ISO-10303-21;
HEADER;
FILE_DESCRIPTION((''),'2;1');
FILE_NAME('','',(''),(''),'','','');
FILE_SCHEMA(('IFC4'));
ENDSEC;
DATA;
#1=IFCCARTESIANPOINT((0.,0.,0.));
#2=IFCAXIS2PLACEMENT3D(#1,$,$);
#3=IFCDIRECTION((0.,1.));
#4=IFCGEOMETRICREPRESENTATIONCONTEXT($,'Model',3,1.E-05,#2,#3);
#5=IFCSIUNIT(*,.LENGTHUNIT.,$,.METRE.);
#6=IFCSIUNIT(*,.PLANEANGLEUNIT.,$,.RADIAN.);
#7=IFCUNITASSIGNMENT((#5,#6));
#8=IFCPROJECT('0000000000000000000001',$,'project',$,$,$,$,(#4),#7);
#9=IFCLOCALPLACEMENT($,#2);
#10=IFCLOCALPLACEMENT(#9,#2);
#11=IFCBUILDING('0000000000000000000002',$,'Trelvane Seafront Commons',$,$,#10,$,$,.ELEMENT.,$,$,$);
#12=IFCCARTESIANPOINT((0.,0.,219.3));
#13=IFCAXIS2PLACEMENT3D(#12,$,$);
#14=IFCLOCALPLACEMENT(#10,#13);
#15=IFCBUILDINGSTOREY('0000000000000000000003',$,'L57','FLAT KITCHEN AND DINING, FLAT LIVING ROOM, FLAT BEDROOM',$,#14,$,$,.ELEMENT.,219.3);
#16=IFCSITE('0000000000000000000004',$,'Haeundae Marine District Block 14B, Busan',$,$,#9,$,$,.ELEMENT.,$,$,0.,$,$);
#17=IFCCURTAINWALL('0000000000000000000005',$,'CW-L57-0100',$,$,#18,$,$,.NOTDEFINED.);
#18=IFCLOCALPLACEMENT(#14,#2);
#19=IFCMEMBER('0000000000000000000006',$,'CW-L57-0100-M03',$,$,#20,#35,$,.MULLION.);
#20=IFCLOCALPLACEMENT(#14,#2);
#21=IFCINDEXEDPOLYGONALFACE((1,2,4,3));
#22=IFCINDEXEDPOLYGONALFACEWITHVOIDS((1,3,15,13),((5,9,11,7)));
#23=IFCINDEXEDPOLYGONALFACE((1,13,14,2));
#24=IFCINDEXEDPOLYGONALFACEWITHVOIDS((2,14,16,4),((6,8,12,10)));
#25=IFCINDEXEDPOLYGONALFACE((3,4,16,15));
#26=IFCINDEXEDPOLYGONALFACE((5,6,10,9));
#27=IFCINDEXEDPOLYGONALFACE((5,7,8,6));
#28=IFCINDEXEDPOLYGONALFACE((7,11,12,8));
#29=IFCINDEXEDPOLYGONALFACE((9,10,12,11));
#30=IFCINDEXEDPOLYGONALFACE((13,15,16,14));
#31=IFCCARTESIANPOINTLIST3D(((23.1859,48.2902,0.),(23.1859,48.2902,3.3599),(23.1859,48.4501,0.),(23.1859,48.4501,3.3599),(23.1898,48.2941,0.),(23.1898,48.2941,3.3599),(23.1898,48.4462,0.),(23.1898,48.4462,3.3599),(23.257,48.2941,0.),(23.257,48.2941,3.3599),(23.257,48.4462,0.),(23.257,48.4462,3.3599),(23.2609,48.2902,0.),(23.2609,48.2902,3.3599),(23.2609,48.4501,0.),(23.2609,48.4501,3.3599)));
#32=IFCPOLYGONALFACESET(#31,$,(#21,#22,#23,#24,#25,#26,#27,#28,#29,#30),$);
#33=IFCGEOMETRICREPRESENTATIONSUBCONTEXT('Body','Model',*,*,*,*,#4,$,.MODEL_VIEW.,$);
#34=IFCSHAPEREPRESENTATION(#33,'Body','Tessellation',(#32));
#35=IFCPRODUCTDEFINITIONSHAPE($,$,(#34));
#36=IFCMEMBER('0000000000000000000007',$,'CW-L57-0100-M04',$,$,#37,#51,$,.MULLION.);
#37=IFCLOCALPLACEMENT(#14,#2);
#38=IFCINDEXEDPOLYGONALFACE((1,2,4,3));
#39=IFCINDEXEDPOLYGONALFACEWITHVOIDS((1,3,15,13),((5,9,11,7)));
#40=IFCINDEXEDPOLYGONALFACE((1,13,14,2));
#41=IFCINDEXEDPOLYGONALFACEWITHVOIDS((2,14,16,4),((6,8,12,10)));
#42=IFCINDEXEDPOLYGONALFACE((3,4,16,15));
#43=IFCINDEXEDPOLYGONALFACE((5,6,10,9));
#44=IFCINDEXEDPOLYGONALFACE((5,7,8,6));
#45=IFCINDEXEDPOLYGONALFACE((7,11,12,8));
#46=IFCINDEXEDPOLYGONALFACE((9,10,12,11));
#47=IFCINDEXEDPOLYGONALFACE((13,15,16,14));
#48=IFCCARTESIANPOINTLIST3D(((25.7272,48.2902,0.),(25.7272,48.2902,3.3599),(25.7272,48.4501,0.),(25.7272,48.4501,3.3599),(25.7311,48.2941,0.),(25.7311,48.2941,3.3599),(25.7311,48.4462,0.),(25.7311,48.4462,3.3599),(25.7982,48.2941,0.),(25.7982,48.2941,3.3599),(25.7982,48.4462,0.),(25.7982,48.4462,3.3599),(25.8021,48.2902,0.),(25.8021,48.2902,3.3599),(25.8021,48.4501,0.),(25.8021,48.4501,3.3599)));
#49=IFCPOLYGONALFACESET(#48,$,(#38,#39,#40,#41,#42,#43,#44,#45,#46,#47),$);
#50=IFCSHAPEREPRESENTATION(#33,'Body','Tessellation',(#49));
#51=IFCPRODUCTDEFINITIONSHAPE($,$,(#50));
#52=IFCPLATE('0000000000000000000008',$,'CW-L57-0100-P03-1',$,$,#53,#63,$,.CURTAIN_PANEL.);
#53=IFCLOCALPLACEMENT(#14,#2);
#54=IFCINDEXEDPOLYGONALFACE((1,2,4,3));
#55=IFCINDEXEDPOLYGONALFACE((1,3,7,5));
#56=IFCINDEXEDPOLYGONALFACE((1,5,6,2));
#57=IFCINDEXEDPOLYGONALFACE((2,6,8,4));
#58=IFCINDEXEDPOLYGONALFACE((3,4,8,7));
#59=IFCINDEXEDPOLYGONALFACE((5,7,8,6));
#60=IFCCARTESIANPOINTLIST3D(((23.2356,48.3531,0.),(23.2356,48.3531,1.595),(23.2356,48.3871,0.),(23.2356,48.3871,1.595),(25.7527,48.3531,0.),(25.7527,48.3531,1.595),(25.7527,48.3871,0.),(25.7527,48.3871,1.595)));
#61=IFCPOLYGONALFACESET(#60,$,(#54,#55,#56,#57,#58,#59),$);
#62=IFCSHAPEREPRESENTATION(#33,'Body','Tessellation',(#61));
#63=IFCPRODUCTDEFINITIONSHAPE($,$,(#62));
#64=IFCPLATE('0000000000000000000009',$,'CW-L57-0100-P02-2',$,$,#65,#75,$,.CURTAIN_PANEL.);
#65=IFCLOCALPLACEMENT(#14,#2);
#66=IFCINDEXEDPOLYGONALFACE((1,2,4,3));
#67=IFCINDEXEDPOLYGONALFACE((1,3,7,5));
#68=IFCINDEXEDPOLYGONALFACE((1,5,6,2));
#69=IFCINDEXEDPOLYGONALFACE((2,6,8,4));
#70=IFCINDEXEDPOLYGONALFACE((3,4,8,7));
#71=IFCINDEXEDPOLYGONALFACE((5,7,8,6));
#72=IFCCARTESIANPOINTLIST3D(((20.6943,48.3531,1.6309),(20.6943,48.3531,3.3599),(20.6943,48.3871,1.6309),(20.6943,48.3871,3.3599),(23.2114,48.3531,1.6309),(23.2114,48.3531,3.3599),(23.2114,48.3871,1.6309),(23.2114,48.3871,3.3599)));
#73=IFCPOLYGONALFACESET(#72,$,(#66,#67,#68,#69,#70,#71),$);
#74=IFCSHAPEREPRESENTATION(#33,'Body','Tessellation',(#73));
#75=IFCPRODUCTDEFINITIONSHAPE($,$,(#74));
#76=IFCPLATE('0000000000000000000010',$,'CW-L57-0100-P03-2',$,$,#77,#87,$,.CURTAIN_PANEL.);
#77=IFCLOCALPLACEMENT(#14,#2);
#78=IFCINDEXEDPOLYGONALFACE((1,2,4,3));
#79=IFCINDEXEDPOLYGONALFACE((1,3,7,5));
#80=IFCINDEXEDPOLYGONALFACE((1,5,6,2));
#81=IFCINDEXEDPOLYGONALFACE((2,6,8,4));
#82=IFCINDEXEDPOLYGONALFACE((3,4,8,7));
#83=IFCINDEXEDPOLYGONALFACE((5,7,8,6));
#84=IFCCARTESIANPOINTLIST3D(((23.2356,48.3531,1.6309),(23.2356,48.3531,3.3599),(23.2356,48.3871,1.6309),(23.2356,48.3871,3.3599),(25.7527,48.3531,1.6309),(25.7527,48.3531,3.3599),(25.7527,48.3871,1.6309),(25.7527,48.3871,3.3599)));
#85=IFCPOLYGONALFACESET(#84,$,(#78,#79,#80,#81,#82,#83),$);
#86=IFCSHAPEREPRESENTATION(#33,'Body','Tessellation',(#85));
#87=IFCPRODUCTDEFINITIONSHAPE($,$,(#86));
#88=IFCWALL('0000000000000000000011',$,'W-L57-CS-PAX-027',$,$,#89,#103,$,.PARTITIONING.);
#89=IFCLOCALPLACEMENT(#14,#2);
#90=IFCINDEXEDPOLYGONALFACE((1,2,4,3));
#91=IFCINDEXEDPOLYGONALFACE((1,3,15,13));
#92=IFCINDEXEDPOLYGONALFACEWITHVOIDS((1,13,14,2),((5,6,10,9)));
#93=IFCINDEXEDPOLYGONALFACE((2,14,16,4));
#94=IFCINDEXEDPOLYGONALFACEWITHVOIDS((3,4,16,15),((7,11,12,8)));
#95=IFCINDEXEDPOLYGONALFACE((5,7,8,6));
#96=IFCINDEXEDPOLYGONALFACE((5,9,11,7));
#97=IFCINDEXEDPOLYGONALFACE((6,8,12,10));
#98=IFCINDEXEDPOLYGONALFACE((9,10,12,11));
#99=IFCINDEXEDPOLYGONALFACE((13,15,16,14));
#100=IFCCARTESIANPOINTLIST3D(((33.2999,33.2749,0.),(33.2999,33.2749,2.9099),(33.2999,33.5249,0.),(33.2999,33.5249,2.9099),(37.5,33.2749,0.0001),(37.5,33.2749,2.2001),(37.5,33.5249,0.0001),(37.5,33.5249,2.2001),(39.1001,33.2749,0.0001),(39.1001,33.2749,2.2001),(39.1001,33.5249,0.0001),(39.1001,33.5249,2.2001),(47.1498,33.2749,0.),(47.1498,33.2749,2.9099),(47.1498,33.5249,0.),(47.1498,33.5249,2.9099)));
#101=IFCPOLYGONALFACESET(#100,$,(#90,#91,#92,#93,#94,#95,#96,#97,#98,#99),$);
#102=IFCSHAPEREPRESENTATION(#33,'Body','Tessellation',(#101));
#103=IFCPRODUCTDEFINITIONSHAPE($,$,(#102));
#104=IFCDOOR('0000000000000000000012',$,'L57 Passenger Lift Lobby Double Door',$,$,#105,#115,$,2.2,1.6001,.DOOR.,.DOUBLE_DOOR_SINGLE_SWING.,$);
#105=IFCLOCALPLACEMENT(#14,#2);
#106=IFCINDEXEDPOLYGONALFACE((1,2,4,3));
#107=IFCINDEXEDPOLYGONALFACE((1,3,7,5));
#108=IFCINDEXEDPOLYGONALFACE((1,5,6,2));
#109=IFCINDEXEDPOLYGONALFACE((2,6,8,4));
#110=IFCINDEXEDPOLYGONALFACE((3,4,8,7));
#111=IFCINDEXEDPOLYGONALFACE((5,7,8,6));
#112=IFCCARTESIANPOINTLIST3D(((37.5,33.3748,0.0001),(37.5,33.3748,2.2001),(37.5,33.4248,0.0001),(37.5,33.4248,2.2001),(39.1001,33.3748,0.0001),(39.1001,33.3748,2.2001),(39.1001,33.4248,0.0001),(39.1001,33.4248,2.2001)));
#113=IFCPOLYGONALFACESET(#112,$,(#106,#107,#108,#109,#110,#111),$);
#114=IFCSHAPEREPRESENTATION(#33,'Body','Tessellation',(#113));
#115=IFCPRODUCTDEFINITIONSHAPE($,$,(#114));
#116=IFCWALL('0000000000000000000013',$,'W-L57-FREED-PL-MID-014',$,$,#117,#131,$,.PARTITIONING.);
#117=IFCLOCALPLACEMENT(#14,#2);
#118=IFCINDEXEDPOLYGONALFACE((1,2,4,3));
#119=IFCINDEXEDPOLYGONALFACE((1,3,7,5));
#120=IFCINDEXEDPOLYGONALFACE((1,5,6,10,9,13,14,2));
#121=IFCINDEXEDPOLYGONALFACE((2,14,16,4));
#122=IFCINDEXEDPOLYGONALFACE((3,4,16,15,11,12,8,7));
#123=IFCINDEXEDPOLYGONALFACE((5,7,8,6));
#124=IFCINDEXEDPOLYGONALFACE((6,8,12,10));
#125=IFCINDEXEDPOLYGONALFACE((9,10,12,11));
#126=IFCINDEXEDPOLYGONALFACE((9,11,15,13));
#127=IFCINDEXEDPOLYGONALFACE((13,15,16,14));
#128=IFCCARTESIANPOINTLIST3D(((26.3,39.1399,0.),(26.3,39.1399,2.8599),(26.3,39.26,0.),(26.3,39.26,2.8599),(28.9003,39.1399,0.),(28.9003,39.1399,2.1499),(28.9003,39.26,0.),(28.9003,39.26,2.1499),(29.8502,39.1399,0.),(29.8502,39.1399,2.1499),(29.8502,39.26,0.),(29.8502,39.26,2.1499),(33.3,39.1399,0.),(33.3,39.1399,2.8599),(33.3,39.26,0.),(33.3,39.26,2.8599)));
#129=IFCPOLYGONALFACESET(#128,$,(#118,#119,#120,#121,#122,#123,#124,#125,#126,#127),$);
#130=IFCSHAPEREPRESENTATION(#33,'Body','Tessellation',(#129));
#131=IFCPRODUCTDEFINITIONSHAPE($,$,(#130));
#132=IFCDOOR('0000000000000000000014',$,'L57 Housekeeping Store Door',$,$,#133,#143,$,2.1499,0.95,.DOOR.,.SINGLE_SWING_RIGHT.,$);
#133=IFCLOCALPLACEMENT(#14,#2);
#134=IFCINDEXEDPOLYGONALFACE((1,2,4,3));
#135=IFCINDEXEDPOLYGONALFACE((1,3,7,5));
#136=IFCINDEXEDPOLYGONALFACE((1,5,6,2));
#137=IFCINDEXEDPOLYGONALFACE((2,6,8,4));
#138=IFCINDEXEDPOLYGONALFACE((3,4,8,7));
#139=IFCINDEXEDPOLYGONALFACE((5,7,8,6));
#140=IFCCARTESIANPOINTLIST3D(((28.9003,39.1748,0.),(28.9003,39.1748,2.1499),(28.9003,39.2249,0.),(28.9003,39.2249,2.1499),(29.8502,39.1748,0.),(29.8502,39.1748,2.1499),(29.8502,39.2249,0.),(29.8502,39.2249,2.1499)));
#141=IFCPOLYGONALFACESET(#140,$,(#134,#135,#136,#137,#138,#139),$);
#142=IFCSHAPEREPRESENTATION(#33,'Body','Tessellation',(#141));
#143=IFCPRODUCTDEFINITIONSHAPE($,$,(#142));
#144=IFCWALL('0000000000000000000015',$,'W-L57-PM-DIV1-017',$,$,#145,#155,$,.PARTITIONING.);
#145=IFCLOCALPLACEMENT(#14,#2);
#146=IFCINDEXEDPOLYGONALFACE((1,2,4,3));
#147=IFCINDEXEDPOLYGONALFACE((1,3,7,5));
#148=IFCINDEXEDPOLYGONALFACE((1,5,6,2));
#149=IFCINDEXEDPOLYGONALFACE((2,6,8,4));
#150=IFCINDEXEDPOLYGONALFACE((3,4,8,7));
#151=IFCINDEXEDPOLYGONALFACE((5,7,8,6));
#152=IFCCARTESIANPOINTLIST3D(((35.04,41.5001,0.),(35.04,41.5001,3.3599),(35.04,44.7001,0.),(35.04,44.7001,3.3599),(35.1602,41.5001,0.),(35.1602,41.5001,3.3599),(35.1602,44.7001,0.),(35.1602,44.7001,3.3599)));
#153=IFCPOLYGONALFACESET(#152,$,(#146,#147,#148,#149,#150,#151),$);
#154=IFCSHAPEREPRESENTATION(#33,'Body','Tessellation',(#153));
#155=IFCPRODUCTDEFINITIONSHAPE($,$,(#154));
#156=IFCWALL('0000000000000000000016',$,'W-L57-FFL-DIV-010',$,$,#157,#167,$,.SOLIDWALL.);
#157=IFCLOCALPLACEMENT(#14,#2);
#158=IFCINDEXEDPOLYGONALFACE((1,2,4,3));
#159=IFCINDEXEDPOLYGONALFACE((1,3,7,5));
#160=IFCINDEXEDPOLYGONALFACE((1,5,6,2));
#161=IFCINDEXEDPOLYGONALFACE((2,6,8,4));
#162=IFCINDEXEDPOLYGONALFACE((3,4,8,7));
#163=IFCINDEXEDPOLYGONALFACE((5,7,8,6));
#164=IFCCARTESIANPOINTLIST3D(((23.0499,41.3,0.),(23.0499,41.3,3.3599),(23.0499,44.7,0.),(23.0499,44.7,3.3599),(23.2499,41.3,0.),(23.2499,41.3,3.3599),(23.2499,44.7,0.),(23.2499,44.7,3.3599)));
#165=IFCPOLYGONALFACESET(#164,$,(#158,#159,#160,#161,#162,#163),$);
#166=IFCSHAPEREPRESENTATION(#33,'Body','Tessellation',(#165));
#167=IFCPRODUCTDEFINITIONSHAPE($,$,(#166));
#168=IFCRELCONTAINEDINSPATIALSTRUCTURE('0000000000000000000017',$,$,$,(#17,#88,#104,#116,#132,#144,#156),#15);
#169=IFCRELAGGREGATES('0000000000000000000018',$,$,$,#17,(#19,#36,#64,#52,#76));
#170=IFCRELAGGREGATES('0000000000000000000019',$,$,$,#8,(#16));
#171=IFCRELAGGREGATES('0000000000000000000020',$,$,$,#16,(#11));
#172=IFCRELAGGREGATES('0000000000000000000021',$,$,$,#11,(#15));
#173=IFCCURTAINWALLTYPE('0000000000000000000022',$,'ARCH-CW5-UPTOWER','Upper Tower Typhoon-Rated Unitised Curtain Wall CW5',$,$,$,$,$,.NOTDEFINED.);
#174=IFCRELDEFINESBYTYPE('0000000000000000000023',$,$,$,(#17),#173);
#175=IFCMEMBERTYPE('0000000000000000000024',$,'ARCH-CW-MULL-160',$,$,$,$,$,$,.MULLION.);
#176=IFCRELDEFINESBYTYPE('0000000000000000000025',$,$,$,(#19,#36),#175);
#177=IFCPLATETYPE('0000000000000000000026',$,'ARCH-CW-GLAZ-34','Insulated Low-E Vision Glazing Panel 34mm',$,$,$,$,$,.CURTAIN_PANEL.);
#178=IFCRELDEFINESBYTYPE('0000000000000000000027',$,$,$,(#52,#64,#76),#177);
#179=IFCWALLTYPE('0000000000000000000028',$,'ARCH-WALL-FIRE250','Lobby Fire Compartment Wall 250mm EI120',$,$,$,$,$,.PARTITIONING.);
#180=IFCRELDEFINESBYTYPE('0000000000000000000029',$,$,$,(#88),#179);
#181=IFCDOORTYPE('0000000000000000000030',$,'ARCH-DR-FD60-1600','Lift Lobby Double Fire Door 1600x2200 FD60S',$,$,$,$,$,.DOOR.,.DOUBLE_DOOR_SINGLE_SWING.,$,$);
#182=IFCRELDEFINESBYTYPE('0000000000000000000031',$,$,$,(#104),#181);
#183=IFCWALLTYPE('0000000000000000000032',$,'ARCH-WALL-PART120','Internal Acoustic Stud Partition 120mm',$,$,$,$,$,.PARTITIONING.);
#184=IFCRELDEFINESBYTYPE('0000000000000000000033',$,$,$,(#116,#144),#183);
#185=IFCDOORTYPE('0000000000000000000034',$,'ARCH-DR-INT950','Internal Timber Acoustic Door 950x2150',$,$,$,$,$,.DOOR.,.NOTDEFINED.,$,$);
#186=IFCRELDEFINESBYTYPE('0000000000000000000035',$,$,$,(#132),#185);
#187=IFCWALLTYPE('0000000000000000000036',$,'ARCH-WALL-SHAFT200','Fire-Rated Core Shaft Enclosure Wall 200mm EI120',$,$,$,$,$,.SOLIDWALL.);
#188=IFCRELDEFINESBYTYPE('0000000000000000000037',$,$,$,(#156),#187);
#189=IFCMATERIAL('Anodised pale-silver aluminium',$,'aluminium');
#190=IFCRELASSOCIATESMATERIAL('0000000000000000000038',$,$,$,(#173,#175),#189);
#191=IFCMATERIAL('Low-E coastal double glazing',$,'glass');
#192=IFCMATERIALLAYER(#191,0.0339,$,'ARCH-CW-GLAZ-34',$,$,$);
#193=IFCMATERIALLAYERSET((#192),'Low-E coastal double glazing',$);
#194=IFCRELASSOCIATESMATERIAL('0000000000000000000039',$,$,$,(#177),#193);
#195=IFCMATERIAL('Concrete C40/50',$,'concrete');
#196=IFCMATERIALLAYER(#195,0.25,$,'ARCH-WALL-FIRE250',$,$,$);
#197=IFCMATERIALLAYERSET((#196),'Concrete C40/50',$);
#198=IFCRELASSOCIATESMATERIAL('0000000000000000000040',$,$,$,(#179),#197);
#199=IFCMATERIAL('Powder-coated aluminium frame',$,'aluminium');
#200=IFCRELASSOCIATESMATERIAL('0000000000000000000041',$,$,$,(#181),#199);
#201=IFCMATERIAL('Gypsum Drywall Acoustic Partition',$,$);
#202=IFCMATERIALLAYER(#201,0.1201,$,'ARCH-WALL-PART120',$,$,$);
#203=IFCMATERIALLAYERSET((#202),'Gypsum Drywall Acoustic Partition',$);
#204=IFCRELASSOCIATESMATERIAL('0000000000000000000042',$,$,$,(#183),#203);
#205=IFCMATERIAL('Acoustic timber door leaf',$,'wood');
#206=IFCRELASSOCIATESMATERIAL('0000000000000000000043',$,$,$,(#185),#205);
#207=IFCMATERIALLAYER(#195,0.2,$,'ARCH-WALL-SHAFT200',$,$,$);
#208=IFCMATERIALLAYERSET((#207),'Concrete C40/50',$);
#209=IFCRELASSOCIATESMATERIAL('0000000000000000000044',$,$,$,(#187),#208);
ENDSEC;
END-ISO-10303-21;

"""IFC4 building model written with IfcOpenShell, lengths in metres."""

from ifc_helpers import new_model, si_unit, direction, frame, frame_2d, origin, origin_2d, place, context, subcontext, project, spatial, rectangle, hollow_rectangle, extrude, source, transform, mapped, material, layer, layer_set, material_profile, profile_set, type_object, element, fill, aggregate, save


model = new_model("IFC4")

# Units and contexts
model_context = context("Model", 3, precision=1e-05, world=origin(), true_north=direction((0.0, 1.0)))
body_context = subcontext(model_context, "Body", "Model", "MODEL_VIEW")
ifc_project = project(units=[si_unit("LENGTHUNIT", "METRE"), si_unit("PLANEANGLEUNIT", "RADIAN")], contexts=[model_context])

# Site, building, storey
site_placement = place(None, origin())
site = spatial("IfcSite", under=ifc_project, at=site_placement, Name="Haeundae Marine District Block 14B, Busan", CompositionType="ELEMENT", RefElevation=0.0)
building_placement = place(site_placement, origin())
building = spatial("IfcBuilding", under=site, at=building_placement, Name="Trelvane Seafront Commons", CompositionType="ELEMENT")
storey_placement = place(building_placement, frame((0.0, 0.0, 219.3)))
storey = spatial("IfcBuildingStorey", under=building, at=storey_placement, Name="L57", Description="FLAT KITCHEN AND DINING, FLAT LIVING ROOM, FLAT BEDROOM", CompositionType="ELEMENT", Elevation=219.3)

# Curtain wall, members, plates
ifc_material_1 = material(Name="Anodised pale-silver aluminium", Category="aluminium")
curtain_wall_type = type_object("IfcCurtainWallType", Name="ARCH-CW5-UPTOWER", Description="Upper Tower Typhoon-Rated Unitised Curtain Wall CW5", PredefinedType="NOTDEFINED", material=ifc_material_1)
curtain_wall_placement = place(storey_placement, origin())
curtain_wall = element("IfcCurtainWall", 1, at=curtain_wall_placement, inside=storey, type_object=curtain_wall_type, Name="CW-L57-0100", PredefinedType="NOTDEFINED")
ifc_material_profile_1 = material_profile(ifc_material_1, hollow_rectangle(XDim=0.075, YDim=0.1599, WallThickness=0.0039, at=origin_2d()), Name="MULL-75x160x4")
ifc_profile_set_1 = profile_set([ifc_material_profile_1], Name="Anodised pale-silver aluminium")
member_type_1 = type_object("IfcMemberType", Name="ARCH-CW-MULL-160", PredefinedType="MULLION", material=ifc_profile_set_1)
shared_shape_1 = source(origin(), body_context, "Body", "SweptSolid", [
    extrude(hollow_rectangle(XDim=0.075, YDim=0.1599, WallThickness=0.0039, at=origin_2d()), origin(), (0.0, 0.0, 1.0), 3.3599),
])
member_1_placement = place(storey_placement, frame((23.2234, 48.3701, 0.0), z_axis=(0.0, 0.0, 1.0), x_axis=(1.0, 0.0, 0.0)))
member_1 = element("IfcMember", 2, at=member_1_placement, type_object=member_type_1, Name="CW-L57-0100-M03", PredefinedType="MULLION", context=body_context, shape_type="MappedRepresentation", body=[
    mapped(shared_shape_1, transform((0.0, 0.0, 0.0), x_axis=(1.0, 0.0, 0.0), y_axis=(0.0, 1.0, 0.0), z_axis=(0.0, 0.0, 1.0), scale=1.0)),
])
member_2_placement = place(storey_placement, frame((25.7646, 48.3701, 0.0), z_axis=(0.0, 0.0, 1.0), x_axis=(1.0, 0.0, 0.0)))
member_2 = element("IfcMember", 3, at=member_2_placement, type_object=member_type_1, Name="CW-L57-0100-M04", PredefinedType="MULLION", context=body_context, shape_type="MappedRepresentation", body=[
    mapped(shared_shape_1, transform((0.0, 0.0, 0.0), x_axis=(1.0, 0.0, 0.0), y_axis=(0.0, 1.0, 0.0), z_axis=(0.0, 0.0, 1.0), scale=1.0)),
])
ifc_material_2 = material(Name="Low-E coastal double glazing", Category="glass")
ifc_layer_1 = layer(ifc_material_2, 0.0339, Name="ARCH-CW-GLAZ-34")
ifc_layer_set_1 = layer_set([ifc_layer_1], Name="Low-E coastal double glazing")
plate_type = type_object("IfcPlateType", Name="ARCH-CW-GLAZ-34", Description="Insulated Low-E Vision Glazing Panel 34mm", PredefinedType="CURTAIN_PANEL", material=ifc_layer_set_1)
shared_shape_2 = source(origin(), body_context, "Body", "SweptSolid", [
    extrude(rectangle(XDim=2.5171, YDim=0.0339, at=origin_2d()), origin(), (0.0, 0.0, 1.0), 1.595),
])
plate_1_placement = place(storey_placement, frame((24.4941, 48.3701, 0.0), z_axis=(0.0, 0.0, 1.0), x_axis=(1.0, 0.0, 0.0)))
plate_1 = element("IfcPlate", 4, at=plate_1_placement, type_object=plate_type, Name="CW-L57-0100-P03-1", PredefinedType="CURTAIN_PANEL", context=body_context, shape_type="MappedRepresentation", body=[
    mapped(shared_shape_2, transform((0.0, 0.0, 0.0), x_axis=(1.0, 0.0, 0.0), y_axis=(0.0, 1.0, 0.0), z_axis=(0.0, 0.0, 1.0), scale=1.0)),
])
shared_shape_3 = source(origin(), body_context, "Body", "SweptSolid", [
    extrude(rectangle(XDim=2.5171, YDim=0.0339, at=origin_2d()), origin(), (0.0, 0.0, 1.0), 1.729),
])
plate_2_placement = place(storey_placement, frame((21.9529, 48.3701, 1.6309), z_axis=(0.0, 0.0, 1.0), x_axis=(1.0, 0.0, 0.0)))
plate_2 = element("IfcPlate", 5, at=plate_2_placement, type_object=plate_type, Name="CW-L57-0100-P02-2", PredefinedType="CURTAIN_PANEL", context=body_context, shape_type="MappedRepresentation", body=[
    mapped(shared_shape_3, transform((0.0, 0.0, 0.0), x_axis=(1.0, 0.0, 0.0), y_axis=(0.0, 1.0, 0.0), z_axis=(0.0, 0.0, 1.0), scale=1.0)),
])
plate_3_placement = place(storey_placement, frame((24.4941, 48.3701, 1.6309), z_axis=(0.0, 0.0, 1.0), x_axis=(1.0, 0.0, 0.0)))
plate_3 = element("IfcPlate", 6, at=plate_3_placement, type_object=plate_type, Name="CW-L57-0100-P03-2", PredefinedType="CURTAIN_PANEL", context=body_context, shape_type="MappedRepresentation", body=[
    mapped(shared_shape_3, transform((0.0, 0.0, 0.0), x_axis=(1.0, 0.0, 0.0), y_axis=(0.0, 1.0, 0.0), z_axis=(0.0, 0.0, 1.0), scale=1.0)),
])
aggregate(curtain_wall, [member_1, member_2, plate_2, plate_1, plate_3])

# Walls, openings, doors
ifc_material_3 = material(Name="Concrete C40/50", Category="concrete")
ifc_layer_2 = layer(ifc_material_3, 0.25, Name="ARCH-WALL-FIRE250")
ifc_layer_set_2 = layer_set([ifc_layer_2], Name="Concrete C40/50")
wall_type_1 = type_object("IfcWallType", Name="ARCH-WALL-FIRE250", Description="Lobby Fire Compartment Wall 250mm EI120", PredefinedType="PARTITIONING", material=ifc_layer_set_2)
wall_1_placement = place(storey_placement, frame((33.3, 33.3999, 0.0), z_axis=(0.0, 0.0, 1.0), x_axis=(1.0, 0.0, 0.0)))
wall_1 = element("IfcWall", 7, at=wall_1_placement, inside=storey, type_object=wall_type_1, Name="W-L57-CS-PAX-027", PredefinedType="PARTITIONING", context=body_context, shape_type="SweptSolid", body=[
    extrude(rectangle(XDim=13.8499, YDim=0.25, at=frame_2d((6.9248, 0.0))), origin(), (0.0, 0.0, 1.0), 2.9099),
])
opening_1_placement = place(wall_1_placement, frame((4.2, 0.0, 0.0)))
opening_1 = element("IfcOpeningElement", 8, at=opening_1_placement, cuts=wall_1, PredefinedType="OPENING", context=body_context, shape_type="SweptSolid", body=[
    extrude(rectangle(XDim=1.6001, YDim=2.2, at=frame_2d((0.8, 1.1001))), frame((0.0, 0.135, 0.0), z_axis=(0.0, -1.0, 0.0), x_axis=(1.0, 0.0, 0.0)), (0.0, 0.0, 1.0), 0.27),
])
ifc_material_4 = material(Name="Powder-coated aluminium frame", Category="aluminium")
door_type_1 = type_object("IfcDoorType", Name="ARCH-DR-FD60-1600", Description="Lift Lobby Double Fire Door 1600x2200 FD60S", OperationType="DOUBLE_DOOR_SINGLE_SWING", PredefinedType="DOOR", material=ifc_material_4)
shared_shape_4 = source(origin(), body_context, "Body", "SweptSolid", [
    extrude(rectangle(XDim=1.6001, YDim=2.2, at=frame_2d((0.8, 1.1001))), frame((0.0, 0.0249, 0.0), z_axis=(0.0, -1.0, 0.0), x_axis=(1.0, 0.0, 0.0)), (0.0, 0.0, 1.0), 0.05),
])
door_1_placement = place(opening_1_placement, origin())
door_1 = element("IfcDoor", 9, at=door_1_placement, inside=storey, type_object=door_type_1, Name="L57 Passenger Lift Lobby Double Door", OperationType="DOUBLE_DOOR_SINGLE_SWING", OverallHeight=2.2, OverallWidth=1.6001, PredefinedType="DOOR", context=body_context, shape_type="MappedRepresentation", body=[
    mapped(shared_shape_4, transform((0.0, 0.0, 0.0), x_axis=(1.0, 0.0, 0.0), y_axis=(0.0, 1.0, 0.0), z_axis=(0.0, 0.0, 1.0), scale=1.0)),
])
fill(opening_1, door_1)
ifc_material_5 = material(Name="Gypsum Drywall Acoustic Partition")
ifc_layer_3 = layer(ifc_material_5, 0.1201, Name="ARCH-WALL-PART120")
ifc_layer_set_3 = layer_set([ifc_layer_3], Name="Gypsum Drywall Acoustic Partition")
wall_type_2 = type_object("IfcWallType", Name="ARCH-WALL-PART120", Description="Internal Acoustic Stud Partition 120mm", PredefinedType="PARTITIONING", material=ifc_layer_set_3)
wall_2_placement = place(storey_placement, frame((26.3, 39.2, 0.0), z_axis=(0.0, 0.0, 1.0), x_axis=(1.0, 0.0, 0.0)))
wall_2 = element("IfcWall", 10, at=wall_2_placement, inside=storey, type_object=wall_type_2, Name="W-L57-FREED-PL-MID-014", PredefinedType="PARTITIONING", context=body_context, shape_type="SweptSolid", body=[
    extrude(rectangle(XDim=7.0, YDim=0.1201, at=frame_2d((3.5, 0.0))), origin(), (0.0, 0.0, 1.0), 2.8599),
])
opening_2_placement = place(wall_2_placement, frame((2.6001, 0.0, 0.0)))
opening_2 = element("IfcOpeningElement", 11, at=opening_2_placement, cuts=wall_2, PredefinedType="OPENING", context=body_context, shape_type="SweptSolid", body=[
    extrude(rectangle(XDim=0.95, YDim=2.1499, at=frame_2d((0.4751, 1.075))), frame((0.0, 0.0701, 0.0), z_axis=(0.0, -1.0, 0.0), x_axis=(1.0, 0.0, 0.0)), (0.0, 0.0, 1.0), 0.1401),
])
ifc_material_6 = material(Name="Acoustic timber door leaf", Category="wood")
door_type_2 = type_object("IfcDoorType", Name="ARCH-DR-INT950", Description="Internal Timber Acoustic Door 950x2150", OperationType="NOTDEFINED", PredefinedType="DOOR", material=ifc_material_6)
shared_shape_5 = source(origin(), body_context, "Body", "SweptSolid", [
    extrude(rectangle(XDim=0.95, YDim=2.1499, at=frame_2d((0.4751, 1.075))), frame((0.0, 0.0249, 0.0), z_axis=(0.0, -1.0, 0.0), x_axis=(1.0, 0.0, 0.0)), (0.0, 0.0, 1.0), 0.05),
])
door_2_placement = place(opening_2_placement, origin())
door_2 = element("IfcDoor", 12, at=door_2_placement, inside=storey, type_object=door_type_2, Name="L57 Housekeeping Store Door", OperationType="SINGLE_SWING_RIGHT", OverallHeight=2.1499, OverallWidth=0.95, PredefinedType="DOOR", context=body_context, shape_type="MappedRepresentation", body=[
    mapped(shared_shape_5, transform((0.0, 0.0, 0.0), x_axis=(1.0, 0.0, 0.0), y_axis=(0.0, 1.0, 0.0), z_axis=(0.0, 0.0, 1.0), scale=1.0)),
])
fill(opening_2, door_2)

# Walls
wall_3_placement = place(storey_placement, frame((35.1001, 41.5, 0.0), z_axis=(0.0, 0.0, 1.0), x_axis=(0.0, 1.0, 0.0)))
element("IfcWall", 13, at=wall_3_placement, inside=storey, type_object=wall_type_2, Name="W-L57-PM-DIV1-017", PredefinedType="PARTITIONING", context=body_context, shape_type="SweptSolid", body=[
    extrude(rectangle(XDim=3.2, YDim=0.1201, at=frame_2d((1.6001, 0.0))), origin(), (0.0, 0.0, 1.0), 3.3599),
])
ifc_layer_4 = layer(ifc_material_3, 0.2, Name="ARCH-WALL-SHAFT200")
ifc_layer_set_4 = layer_set([ifc_layer_4], Name="Concrete C40/50")
wall_type_3 = type_object("IfcWallType", Name="ARCH-WALL-SHAFT200", Description="Fire-Rated Core Shaft Enclosure Wall 200mm EI120", PredefinedType="SOLIDWALL", material=ifc_layer_set_4)
for number, where, z_axis, x_axis, name in (
    (14, (23.1499, 41.3, 0.0), (0.0, 0.0, 1.0), (0.0, 1.0, 0.0), "W-L57-FFL-DIV-010"),
):
    element("IfcWall", number, at=place(storey_placement, frame(where, z_axis=z_axis, x_axis=x_axis)), inside=storey, type_object=wall_type_3, Name=name, PredefinedType="SOLIDWALL", context=body_context, shape_type="SweptSolid", body=[
        extrude(rectangle(XDim=3.3999, YDim=0.2, at=frame_2d((1.7, 0.0))), origin(), (0.0, 0.0, 1.0), 3.3599),
    ])

save(model, "model.ifc")
